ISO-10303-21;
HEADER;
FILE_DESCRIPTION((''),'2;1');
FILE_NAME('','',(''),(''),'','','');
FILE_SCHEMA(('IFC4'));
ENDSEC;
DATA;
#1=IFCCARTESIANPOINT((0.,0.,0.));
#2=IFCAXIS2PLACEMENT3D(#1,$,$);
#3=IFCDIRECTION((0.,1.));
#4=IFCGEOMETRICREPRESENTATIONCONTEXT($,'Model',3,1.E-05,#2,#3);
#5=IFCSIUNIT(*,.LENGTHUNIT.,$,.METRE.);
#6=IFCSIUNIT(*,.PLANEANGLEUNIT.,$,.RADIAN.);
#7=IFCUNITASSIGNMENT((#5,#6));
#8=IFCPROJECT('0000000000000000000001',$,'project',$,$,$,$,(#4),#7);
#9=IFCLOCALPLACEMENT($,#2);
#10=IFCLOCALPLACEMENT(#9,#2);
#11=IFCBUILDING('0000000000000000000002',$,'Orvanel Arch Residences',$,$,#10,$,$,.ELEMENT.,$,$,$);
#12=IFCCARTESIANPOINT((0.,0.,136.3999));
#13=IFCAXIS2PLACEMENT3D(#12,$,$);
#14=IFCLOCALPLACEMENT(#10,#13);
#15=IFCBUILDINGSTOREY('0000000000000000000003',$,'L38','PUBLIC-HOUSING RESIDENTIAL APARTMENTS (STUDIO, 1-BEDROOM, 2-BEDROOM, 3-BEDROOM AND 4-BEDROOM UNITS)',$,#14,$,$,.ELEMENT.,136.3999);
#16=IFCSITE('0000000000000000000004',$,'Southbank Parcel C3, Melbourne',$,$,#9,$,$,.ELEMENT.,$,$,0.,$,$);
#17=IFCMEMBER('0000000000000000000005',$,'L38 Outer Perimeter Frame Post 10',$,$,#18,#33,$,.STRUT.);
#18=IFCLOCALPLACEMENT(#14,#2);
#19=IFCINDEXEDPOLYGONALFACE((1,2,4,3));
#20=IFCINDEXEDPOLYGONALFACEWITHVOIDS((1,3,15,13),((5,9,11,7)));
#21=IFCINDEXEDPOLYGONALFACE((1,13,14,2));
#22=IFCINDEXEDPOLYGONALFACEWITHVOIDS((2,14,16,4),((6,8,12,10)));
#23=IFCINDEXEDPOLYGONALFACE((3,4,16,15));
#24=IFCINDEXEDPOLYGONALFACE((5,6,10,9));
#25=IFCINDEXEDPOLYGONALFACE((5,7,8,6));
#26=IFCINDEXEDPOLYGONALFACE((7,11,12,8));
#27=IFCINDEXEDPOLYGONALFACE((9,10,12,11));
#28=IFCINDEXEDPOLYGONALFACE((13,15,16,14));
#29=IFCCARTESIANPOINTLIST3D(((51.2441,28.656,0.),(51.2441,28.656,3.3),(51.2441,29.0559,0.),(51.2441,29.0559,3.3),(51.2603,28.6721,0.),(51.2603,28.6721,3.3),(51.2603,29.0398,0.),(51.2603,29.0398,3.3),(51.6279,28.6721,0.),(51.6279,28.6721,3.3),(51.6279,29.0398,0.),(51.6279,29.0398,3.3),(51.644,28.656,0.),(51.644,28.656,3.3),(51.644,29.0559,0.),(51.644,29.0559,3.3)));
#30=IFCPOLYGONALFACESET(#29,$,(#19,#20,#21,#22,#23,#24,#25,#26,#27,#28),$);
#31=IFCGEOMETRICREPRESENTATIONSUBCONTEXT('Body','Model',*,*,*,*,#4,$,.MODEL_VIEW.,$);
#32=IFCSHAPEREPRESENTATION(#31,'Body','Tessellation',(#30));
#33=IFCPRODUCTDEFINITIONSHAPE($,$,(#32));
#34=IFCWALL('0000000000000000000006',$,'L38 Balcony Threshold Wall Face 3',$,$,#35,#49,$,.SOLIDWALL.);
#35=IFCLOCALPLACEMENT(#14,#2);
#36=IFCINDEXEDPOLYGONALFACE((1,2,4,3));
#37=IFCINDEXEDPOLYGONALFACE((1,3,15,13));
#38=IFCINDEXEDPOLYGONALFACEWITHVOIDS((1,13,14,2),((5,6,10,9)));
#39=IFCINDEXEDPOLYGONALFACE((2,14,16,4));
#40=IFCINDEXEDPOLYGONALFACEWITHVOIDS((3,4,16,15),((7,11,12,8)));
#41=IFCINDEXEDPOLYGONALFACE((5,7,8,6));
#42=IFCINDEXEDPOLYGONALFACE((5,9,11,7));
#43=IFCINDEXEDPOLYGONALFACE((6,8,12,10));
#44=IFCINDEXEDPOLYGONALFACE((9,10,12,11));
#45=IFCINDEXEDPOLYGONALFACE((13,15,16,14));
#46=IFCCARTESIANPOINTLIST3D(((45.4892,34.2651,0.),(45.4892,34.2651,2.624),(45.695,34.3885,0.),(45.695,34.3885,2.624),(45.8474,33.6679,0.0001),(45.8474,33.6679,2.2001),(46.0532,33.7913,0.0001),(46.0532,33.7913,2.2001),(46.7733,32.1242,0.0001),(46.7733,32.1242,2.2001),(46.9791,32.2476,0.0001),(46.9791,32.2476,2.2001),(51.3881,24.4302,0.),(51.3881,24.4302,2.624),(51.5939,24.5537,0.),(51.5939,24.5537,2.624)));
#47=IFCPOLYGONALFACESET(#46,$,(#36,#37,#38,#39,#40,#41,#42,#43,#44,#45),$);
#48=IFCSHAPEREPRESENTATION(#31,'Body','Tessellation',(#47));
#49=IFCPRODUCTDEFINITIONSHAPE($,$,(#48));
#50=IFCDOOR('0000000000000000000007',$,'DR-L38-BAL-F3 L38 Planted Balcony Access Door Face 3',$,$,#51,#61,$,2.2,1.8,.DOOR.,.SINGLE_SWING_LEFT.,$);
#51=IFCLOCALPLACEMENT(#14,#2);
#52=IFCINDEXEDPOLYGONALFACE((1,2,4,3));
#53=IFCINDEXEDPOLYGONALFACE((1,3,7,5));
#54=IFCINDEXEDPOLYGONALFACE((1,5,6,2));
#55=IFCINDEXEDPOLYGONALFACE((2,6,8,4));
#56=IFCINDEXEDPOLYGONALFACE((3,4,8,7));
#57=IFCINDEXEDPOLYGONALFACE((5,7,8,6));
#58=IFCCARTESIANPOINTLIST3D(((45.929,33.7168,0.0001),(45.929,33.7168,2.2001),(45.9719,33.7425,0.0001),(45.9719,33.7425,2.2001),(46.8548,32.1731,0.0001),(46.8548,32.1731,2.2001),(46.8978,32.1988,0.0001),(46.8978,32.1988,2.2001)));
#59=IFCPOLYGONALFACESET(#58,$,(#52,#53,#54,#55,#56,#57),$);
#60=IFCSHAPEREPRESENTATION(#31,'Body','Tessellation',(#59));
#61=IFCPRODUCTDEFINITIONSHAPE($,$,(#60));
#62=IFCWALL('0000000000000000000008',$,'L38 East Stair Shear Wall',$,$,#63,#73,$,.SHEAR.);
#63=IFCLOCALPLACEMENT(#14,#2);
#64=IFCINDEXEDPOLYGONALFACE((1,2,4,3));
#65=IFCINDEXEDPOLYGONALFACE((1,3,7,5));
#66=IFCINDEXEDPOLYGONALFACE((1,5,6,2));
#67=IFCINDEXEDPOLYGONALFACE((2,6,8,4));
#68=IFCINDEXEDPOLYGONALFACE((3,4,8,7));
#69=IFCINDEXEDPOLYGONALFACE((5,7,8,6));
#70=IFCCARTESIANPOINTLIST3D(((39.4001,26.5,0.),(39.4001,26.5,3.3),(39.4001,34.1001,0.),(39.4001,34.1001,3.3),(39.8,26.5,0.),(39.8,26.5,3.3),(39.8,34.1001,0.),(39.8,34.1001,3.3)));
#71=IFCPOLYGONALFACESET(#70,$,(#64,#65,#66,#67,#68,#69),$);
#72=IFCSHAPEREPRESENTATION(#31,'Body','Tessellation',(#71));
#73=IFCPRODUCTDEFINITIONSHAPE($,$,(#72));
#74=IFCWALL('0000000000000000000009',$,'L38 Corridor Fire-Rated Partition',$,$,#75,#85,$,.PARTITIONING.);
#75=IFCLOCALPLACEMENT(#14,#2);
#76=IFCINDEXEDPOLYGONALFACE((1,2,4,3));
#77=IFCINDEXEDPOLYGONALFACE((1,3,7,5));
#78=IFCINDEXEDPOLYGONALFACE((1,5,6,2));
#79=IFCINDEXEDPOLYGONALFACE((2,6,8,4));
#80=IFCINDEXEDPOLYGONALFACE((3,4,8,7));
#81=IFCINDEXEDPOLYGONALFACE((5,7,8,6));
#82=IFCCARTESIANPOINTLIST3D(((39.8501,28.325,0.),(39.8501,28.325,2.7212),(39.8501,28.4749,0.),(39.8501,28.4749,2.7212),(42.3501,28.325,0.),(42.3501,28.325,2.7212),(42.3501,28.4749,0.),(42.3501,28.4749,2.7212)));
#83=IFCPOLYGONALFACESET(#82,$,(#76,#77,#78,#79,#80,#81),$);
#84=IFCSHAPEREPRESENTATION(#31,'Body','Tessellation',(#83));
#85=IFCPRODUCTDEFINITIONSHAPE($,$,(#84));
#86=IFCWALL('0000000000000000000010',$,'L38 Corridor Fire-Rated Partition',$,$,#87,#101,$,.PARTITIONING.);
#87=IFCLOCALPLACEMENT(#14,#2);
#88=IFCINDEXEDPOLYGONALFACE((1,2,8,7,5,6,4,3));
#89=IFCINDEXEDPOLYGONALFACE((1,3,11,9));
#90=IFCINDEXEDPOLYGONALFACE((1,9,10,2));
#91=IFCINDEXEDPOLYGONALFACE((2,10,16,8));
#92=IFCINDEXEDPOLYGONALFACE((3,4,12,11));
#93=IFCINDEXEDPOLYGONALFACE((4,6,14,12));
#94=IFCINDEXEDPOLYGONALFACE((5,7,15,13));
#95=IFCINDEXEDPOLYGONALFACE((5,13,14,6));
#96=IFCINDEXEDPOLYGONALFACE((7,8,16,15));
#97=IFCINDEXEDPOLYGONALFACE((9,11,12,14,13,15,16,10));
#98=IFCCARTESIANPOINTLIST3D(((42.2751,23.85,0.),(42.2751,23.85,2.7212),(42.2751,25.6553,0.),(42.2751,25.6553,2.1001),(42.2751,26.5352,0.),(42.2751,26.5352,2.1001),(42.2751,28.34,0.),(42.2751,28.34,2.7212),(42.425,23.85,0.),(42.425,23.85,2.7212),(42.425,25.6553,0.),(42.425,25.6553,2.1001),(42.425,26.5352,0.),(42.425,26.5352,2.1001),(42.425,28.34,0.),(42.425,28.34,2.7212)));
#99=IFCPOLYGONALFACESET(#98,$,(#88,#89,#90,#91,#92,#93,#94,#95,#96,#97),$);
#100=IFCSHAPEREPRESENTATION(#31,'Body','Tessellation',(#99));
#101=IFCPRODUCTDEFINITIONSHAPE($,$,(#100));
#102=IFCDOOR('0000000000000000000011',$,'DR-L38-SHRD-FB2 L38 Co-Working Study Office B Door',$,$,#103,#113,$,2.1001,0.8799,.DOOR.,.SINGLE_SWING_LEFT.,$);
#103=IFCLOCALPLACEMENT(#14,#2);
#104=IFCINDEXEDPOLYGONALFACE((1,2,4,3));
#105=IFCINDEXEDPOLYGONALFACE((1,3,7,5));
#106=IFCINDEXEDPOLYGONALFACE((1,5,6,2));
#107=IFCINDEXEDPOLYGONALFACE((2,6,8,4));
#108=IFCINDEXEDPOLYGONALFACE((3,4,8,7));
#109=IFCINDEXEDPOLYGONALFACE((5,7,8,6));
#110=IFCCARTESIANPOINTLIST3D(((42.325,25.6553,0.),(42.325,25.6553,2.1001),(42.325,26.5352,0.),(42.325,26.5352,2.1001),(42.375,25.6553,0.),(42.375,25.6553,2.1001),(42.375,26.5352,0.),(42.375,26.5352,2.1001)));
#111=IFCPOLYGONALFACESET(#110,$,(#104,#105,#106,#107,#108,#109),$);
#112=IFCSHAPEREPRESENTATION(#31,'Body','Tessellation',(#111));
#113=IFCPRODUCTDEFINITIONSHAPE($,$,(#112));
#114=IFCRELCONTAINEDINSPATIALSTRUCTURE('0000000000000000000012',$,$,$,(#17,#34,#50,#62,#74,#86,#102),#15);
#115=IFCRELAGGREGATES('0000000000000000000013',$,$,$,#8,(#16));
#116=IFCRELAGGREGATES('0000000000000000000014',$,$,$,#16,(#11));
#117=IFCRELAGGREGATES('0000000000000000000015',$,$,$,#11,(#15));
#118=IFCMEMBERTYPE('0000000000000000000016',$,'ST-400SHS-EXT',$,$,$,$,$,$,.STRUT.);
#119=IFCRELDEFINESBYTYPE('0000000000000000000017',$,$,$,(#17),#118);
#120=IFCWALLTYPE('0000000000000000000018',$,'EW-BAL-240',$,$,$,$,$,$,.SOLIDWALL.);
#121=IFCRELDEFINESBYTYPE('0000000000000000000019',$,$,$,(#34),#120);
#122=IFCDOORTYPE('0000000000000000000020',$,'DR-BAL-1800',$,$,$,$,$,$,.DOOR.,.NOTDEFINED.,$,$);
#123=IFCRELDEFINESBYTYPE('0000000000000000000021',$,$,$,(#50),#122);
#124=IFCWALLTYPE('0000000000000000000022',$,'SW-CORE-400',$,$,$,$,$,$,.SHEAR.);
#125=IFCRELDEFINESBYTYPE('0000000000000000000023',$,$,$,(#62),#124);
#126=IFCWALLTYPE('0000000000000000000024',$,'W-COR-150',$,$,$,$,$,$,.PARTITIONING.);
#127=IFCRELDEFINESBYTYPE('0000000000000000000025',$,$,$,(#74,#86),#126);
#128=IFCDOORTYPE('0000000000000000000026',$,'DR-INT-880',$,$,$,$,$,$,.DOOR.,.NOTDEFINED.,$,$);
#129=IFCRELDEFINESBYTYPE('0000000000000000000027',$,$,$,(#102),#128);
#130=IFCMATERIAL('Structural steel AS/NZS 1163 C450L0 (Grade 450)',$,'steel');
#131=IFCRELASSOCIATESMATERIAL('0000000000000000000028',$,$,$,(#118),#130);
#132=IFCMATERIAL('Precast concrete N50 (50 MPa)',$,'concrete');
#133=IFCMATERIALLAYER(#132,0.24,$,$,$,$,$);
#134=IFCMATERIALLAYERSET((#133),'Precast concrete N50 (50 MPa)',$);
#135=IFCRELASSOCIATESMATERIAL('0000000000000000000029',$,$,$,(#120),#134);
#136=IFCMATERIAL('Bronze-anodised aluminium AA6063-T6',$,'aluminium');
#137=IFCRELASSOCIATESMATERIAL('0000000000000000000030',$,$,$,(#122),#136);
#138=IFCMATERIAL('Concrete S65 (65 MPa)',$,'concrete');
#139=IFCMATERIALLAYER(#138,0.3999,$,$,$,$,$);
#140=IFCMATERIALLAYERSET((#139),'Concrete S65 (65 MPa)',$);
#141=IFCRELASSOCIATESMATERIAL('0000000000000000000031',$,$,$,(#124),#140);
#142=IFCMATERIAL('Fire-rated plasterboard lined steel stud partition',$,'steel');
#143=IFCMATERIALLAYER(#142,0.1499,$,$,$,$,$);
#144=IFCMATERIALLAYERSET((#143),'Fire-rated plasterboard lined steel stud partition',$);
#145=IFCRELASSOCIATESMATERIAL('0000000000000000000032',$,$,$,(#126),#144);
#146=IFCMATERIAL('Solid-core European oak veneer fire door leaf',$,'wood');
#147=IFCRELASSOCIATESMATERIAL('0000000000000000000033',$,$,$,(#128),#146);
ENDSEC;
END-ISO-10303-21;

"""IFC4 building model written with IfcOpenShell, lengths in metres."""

from ifc_helpers import new_model, si_unit, direction, frame, frame_2d, origin, origin_2d, place, context, subcontext, project, spatial, rectangle, hollow_rectangle, extrude, material, layer, layer_set, material_profile, profile_set, type_object, element, fill, save


model = new_model("IFC4")

# Units and contexts
model_context = context("Model", 3, precision=1e-05, world=origin(), true_north=direction((0.0, 1.0)))
body_context = subcontext(model_context, "Body", "Model", "MODEL_VIEW")
ifc_project = project(units=[si_unit("LENGTHUNIT", "METRE"), si_unit("PLANEANGLEUNIT", "RADIAN")], contexts=[model_context])

# Site, building, storey
site_placement = place(None, origin())
site = spatial("IfcSite", under=ifc_project, at=site_placement, Name="Southbank Parcel C3, Melbourne", CompositionType="ELEMENT", RefElevation=0.0)
building_placement = place(site_placement, origin())
building = spatial("IfcBuilding", under=site, at=building_placement, Name="Orvanel Arch Residences", CompositionType="ELEMENT")
storey_placement = place(building_placement, frame((0.0, 0.0, 136.3999)))
storey = spatial("IfcBuildingStorey", under=building, at=storey_placement, Name="L38", Description="PUBLIC-HOUSING RESIDENTIAL APARTMENTS (STUDIO, 1-BEDROOM, 2-BEDROOM, 3-BEDROOM AND 4-BEDROOM UNITS)", CompositionType="ELEMENT", Elevation=136.3999)

# Shared definitions
ifc_material_1 = material(Name="Structural steel AS/NZS 1163 C450L0 (Grade 450)", Category="steel")

# Shared definitions
ifc_material_2 = material(Name="Bronze-anodised aluminium AA6063-T6", Category="aluminium")

# Member
ifc_material_profile_1 = material_profile(ifc_material_1, hollow_rectangle(XDim=0.3999, YDim=0.3999, WallThickness=0.0161, at=origin_2d()), Name="SHS400x400x16")
ifc_profile_set_1 = profile_set([ifc_material_profile_1], Name="Structural steel AS/NZS 1163 C450L0 (Grade 450)")
member_type_1 = type_object("IfcMemberType", Name="ST-400SHS-EXT", PredefinedType="STRUT", material=ifc_profile_set_1)
member_1_placement = place(storey_placement, frame((51.4441, 28.856, 0.0), z_axis=(0.0, 0.0, 1.0), x_axis=(1.0, 0.0, 0.0)))
element("IfcMember", 1, at=member_1_placement, inside=storey, type_object=member_type_1, Name="L38 Outer Perimeter Frame Post 10", PredefinedType="STRUT", context=body_context, shape_type="SweptSolid", body=[
    extrude(hollow_rectangle(XDim=0.3999, YDim=0.3999, WallThickness=0.0161, at=origin_2d()), origin(), (0.0, 0.0, 1.0), 3.3),
])

# Wall, opening, door
ifc_material_3 = material(Name="Precast concrete N50 (50 MPa)", Category="concrete")
ifc_layer_1 = layer(ifc_material_3, 0.24)
ifc_layer_set_1 = layer_set([ifc_layer_1], Name="Precast concrete N50 (50 MPa)")
wall_type_1 = type_object("IfcWallType", Name="EW-BAL-240", PredefinedType="SOLIDWALL", material=ifc_layer_set_1)
wall_1_placement = place(storey_placement, frame((51.491, 24.4919, 0.0), z_axis=(0.0, 0.0, 1.0), x_axis=(-0.514364, 0.857572, 0.0)))
wall_1 = element("IfcWall", 2, at=wall_1_placement, inside=storey, type_object=wall_type_1, Name="L38 Balcony Threshold Wall Face 3", PredefinedType="SOLIDWALL", context=body_context, shape_type="SweptSolid", body=[
    extrude(rectangle(XDim=11.4683, YDim=0.24, at=frame_2d((5.7341, 0.0))), origin(), (0.0, 0.0, 1.0), 2.624),
])
opening_1_placement = place(wall_1_placement, frame((8.9719, 0.0, 0.0)))
opening_1 = element("IfcOpeningElement", 3, at=opening_1_placement, cuts=wall_1, PredefinedType="OPENING", context=body_context, shape_type="SweptSolid", body=[
    extrude(rectangle(XDim=1.8, YDim=2.2, at=frame_2d((0.8999, 1.1001))), frame((0.0, 0.1299, 0.0), z_axis=(0.0, -1.0, 0.0), x_axis=(1.0, 0.0, 0.0)), (0.0, 0.0, 1.0), 0.26),
])
door_type_1 = type_object("IfcDoorType", Name="DR-BAL-1800", OperationType="NOTDEFINED", PredefinedType="DOOR", material=ifc_material_2)
door_1_placement = place(opening_1_placement, origin())
door_1 = element("IfcDoor", 4, at=door_1_placement, inside=storey, type_object=door_type_1, Name="DR-L38-BAL-F3 L38 Planted Balcony Access Door Face 3", OperationType="SINGLE_SWING_LEFT", OverallHeight=2.2, OverallWidth=1.8, PredefinedType="DOOR", context=body_context, shape_type="SweptSolid", body=[
    extrude(rectangle(XDim=1.8, YDim=2.2, at=frame_2d((0.8999, 1.1001))), frame((0.0, 0.0249, 0.0), z_axis=(0.0, -1.0, 0.0), x_axis=(1.0, 0.0, 0.0)), (0.0, 0.0, 1.0), 0.05),
])
fill(opening_1, door_1)

# Walls
ifc_material_4 = material(Name="Concrete S65 (65 MPa)", Category="concrete")
ifc_layer_2 = layer(ifc_material_4, 0.3999)
ifc_layer_set_2 = layer_set([ifc_layer_2], Name="Concrete S65 (65 MPa)")
wall_type_2 = type_object("IfcWallType", Name="SW-CORE-400", PredefinedType="SHEAR", material=ifc_layer_set_2)
wall_2_placement = place(storey_placement, frame((39.6001, 26.5, 0.0), z_axis=(0.0, 0.0, 1.0), x_axis=(0.0, 1.0, 0.0)))
element("IfcWall", 5, at=wall_2_placement, inside=storey, type_object=wall_type_2, Name="L38 East Stair Shear Wall", PredefinedType="SHEAR", context=body_context, shape_type="SweptSolid", body=[
    extrude(rectangle(XDim=7.6001, YDim=0.3999, at=frame_2d((3.8, 0.0))), origin(), (0.0, 0.0, 1.0), 3.3),
])
ifc_material_5 = material(Name="Fire-rated plasterboard lined steel stud partition", Category="steel")
ifc_layer_3 = layer(ifc_material_5, 0.1499)
ifc_layer_set_3 = layer_set([ifc_layer_3], Name="Fire-rated plasterboard lined steel stud partition")
wall_type_3 = type_object("IfcWallType", Name="W-COR-150", PredefinedType="PARTITIONING", material=ifc_layer_set_3)
wall_3_placement = place(storey_placement, frame((39.8501, 28.3999, 0.0), z_axis=(0.0, 0.0, 1.0), x_axis=(1.0, 0.0, 0.0)))
element("IfcWall", 6, at=wall_3_placement, inside=storey, type_object=wall_type_3, Name="L38 Corridor Fire-Rated Partition", PredefinedType="PARTITIONING", context=body_context, shape_type="SweptSolid", body=[
    extrude(rectangle(XDim=2.5, YDim=0.1499, at=frame_2d((1.25, 0.0))), origin(), (0.0, 0.0, 1.0), 2.7212),
])

# Wall, opening, door
wall_4_placement = place(storey_placement, frame((42.3501, 28.3401, 0.0), z_axis=(0.0, 0.0, 1.0), x_axis=(0.0, -1.0, 0.0)))
wall_4 = element("IfcWall", 7, at=wall_4_placement, inside=storey, type_object=wall_type_3, Name="L38 Corridor Fire-Rated Partition", PredefinedType="PARTITIONING", context=body_context, shape_type="SweptSolid", body=[
    extrude(rectangle(XDim=4.49, YDim=0.1499, at=frame_2d((2.2451, 0.0))), origin(), (0.0, 0.0, 1.0), 2.7212),
])
opening_2_placement = place(wall_4_placement, frame((1.8049, 0.0, 0.0)))
opening_2 = element("IfcOpeningElement", 8, at=opening_2_placement, cuts=wall_4, PredefinedType="OPENING", context=body_context, shape_type="SweptSolid", body=[
    extrude(rectangle(XDim=0.8799, YDim=2.1001, at=frame_2d((0.4399, 1.05))), frame((0.0, 0.085, 0.0), z_axis=(0.0, -1.0, 0.0), x_axis=(1.0, 0.0, 0.0)), (0.0, 0.0, 1.0), 0.1699),
])
ifc_material_6 = material(Name="Solid-core European oak veneer fire door leaf", Category="wood")
door_type_2 = type_object("IfcDoorType", Name="DR-INT-880", OperationType="NOTDEFINED", PredefinedType="DOOR", material=ifc_material_6)
door_2_placement = place(opening_2_placement, origin())
door_2 = element("IfcDoor", 9, at=door_2_placement, inside=storey, type_object=door_type_2, Name="DR-L38-SHRD-FB2 L38 Co-Working Study Office B Door", OperationType="SINGLE_SWING_LEFT", OverallHeight=2.1001, OverallWidth=0.8799, PredefinedType="DOOR", context=body_context, shape_type="SweptSolid", body=[
    extrude(rectangle(XDim=0.8799, YDim=2.1001, at=frame_2d((0.4399, 1.05))), frame((0.0, 0.0249, 0.0), z_axis=(0.0, -1.0, 0.0), x_axis=(1.0, 0.0, 0.0)), (0.0, 0.0, 1.0), 0.05),
])
fill(opening_2, door_2)

save(model, "model.ifc")
